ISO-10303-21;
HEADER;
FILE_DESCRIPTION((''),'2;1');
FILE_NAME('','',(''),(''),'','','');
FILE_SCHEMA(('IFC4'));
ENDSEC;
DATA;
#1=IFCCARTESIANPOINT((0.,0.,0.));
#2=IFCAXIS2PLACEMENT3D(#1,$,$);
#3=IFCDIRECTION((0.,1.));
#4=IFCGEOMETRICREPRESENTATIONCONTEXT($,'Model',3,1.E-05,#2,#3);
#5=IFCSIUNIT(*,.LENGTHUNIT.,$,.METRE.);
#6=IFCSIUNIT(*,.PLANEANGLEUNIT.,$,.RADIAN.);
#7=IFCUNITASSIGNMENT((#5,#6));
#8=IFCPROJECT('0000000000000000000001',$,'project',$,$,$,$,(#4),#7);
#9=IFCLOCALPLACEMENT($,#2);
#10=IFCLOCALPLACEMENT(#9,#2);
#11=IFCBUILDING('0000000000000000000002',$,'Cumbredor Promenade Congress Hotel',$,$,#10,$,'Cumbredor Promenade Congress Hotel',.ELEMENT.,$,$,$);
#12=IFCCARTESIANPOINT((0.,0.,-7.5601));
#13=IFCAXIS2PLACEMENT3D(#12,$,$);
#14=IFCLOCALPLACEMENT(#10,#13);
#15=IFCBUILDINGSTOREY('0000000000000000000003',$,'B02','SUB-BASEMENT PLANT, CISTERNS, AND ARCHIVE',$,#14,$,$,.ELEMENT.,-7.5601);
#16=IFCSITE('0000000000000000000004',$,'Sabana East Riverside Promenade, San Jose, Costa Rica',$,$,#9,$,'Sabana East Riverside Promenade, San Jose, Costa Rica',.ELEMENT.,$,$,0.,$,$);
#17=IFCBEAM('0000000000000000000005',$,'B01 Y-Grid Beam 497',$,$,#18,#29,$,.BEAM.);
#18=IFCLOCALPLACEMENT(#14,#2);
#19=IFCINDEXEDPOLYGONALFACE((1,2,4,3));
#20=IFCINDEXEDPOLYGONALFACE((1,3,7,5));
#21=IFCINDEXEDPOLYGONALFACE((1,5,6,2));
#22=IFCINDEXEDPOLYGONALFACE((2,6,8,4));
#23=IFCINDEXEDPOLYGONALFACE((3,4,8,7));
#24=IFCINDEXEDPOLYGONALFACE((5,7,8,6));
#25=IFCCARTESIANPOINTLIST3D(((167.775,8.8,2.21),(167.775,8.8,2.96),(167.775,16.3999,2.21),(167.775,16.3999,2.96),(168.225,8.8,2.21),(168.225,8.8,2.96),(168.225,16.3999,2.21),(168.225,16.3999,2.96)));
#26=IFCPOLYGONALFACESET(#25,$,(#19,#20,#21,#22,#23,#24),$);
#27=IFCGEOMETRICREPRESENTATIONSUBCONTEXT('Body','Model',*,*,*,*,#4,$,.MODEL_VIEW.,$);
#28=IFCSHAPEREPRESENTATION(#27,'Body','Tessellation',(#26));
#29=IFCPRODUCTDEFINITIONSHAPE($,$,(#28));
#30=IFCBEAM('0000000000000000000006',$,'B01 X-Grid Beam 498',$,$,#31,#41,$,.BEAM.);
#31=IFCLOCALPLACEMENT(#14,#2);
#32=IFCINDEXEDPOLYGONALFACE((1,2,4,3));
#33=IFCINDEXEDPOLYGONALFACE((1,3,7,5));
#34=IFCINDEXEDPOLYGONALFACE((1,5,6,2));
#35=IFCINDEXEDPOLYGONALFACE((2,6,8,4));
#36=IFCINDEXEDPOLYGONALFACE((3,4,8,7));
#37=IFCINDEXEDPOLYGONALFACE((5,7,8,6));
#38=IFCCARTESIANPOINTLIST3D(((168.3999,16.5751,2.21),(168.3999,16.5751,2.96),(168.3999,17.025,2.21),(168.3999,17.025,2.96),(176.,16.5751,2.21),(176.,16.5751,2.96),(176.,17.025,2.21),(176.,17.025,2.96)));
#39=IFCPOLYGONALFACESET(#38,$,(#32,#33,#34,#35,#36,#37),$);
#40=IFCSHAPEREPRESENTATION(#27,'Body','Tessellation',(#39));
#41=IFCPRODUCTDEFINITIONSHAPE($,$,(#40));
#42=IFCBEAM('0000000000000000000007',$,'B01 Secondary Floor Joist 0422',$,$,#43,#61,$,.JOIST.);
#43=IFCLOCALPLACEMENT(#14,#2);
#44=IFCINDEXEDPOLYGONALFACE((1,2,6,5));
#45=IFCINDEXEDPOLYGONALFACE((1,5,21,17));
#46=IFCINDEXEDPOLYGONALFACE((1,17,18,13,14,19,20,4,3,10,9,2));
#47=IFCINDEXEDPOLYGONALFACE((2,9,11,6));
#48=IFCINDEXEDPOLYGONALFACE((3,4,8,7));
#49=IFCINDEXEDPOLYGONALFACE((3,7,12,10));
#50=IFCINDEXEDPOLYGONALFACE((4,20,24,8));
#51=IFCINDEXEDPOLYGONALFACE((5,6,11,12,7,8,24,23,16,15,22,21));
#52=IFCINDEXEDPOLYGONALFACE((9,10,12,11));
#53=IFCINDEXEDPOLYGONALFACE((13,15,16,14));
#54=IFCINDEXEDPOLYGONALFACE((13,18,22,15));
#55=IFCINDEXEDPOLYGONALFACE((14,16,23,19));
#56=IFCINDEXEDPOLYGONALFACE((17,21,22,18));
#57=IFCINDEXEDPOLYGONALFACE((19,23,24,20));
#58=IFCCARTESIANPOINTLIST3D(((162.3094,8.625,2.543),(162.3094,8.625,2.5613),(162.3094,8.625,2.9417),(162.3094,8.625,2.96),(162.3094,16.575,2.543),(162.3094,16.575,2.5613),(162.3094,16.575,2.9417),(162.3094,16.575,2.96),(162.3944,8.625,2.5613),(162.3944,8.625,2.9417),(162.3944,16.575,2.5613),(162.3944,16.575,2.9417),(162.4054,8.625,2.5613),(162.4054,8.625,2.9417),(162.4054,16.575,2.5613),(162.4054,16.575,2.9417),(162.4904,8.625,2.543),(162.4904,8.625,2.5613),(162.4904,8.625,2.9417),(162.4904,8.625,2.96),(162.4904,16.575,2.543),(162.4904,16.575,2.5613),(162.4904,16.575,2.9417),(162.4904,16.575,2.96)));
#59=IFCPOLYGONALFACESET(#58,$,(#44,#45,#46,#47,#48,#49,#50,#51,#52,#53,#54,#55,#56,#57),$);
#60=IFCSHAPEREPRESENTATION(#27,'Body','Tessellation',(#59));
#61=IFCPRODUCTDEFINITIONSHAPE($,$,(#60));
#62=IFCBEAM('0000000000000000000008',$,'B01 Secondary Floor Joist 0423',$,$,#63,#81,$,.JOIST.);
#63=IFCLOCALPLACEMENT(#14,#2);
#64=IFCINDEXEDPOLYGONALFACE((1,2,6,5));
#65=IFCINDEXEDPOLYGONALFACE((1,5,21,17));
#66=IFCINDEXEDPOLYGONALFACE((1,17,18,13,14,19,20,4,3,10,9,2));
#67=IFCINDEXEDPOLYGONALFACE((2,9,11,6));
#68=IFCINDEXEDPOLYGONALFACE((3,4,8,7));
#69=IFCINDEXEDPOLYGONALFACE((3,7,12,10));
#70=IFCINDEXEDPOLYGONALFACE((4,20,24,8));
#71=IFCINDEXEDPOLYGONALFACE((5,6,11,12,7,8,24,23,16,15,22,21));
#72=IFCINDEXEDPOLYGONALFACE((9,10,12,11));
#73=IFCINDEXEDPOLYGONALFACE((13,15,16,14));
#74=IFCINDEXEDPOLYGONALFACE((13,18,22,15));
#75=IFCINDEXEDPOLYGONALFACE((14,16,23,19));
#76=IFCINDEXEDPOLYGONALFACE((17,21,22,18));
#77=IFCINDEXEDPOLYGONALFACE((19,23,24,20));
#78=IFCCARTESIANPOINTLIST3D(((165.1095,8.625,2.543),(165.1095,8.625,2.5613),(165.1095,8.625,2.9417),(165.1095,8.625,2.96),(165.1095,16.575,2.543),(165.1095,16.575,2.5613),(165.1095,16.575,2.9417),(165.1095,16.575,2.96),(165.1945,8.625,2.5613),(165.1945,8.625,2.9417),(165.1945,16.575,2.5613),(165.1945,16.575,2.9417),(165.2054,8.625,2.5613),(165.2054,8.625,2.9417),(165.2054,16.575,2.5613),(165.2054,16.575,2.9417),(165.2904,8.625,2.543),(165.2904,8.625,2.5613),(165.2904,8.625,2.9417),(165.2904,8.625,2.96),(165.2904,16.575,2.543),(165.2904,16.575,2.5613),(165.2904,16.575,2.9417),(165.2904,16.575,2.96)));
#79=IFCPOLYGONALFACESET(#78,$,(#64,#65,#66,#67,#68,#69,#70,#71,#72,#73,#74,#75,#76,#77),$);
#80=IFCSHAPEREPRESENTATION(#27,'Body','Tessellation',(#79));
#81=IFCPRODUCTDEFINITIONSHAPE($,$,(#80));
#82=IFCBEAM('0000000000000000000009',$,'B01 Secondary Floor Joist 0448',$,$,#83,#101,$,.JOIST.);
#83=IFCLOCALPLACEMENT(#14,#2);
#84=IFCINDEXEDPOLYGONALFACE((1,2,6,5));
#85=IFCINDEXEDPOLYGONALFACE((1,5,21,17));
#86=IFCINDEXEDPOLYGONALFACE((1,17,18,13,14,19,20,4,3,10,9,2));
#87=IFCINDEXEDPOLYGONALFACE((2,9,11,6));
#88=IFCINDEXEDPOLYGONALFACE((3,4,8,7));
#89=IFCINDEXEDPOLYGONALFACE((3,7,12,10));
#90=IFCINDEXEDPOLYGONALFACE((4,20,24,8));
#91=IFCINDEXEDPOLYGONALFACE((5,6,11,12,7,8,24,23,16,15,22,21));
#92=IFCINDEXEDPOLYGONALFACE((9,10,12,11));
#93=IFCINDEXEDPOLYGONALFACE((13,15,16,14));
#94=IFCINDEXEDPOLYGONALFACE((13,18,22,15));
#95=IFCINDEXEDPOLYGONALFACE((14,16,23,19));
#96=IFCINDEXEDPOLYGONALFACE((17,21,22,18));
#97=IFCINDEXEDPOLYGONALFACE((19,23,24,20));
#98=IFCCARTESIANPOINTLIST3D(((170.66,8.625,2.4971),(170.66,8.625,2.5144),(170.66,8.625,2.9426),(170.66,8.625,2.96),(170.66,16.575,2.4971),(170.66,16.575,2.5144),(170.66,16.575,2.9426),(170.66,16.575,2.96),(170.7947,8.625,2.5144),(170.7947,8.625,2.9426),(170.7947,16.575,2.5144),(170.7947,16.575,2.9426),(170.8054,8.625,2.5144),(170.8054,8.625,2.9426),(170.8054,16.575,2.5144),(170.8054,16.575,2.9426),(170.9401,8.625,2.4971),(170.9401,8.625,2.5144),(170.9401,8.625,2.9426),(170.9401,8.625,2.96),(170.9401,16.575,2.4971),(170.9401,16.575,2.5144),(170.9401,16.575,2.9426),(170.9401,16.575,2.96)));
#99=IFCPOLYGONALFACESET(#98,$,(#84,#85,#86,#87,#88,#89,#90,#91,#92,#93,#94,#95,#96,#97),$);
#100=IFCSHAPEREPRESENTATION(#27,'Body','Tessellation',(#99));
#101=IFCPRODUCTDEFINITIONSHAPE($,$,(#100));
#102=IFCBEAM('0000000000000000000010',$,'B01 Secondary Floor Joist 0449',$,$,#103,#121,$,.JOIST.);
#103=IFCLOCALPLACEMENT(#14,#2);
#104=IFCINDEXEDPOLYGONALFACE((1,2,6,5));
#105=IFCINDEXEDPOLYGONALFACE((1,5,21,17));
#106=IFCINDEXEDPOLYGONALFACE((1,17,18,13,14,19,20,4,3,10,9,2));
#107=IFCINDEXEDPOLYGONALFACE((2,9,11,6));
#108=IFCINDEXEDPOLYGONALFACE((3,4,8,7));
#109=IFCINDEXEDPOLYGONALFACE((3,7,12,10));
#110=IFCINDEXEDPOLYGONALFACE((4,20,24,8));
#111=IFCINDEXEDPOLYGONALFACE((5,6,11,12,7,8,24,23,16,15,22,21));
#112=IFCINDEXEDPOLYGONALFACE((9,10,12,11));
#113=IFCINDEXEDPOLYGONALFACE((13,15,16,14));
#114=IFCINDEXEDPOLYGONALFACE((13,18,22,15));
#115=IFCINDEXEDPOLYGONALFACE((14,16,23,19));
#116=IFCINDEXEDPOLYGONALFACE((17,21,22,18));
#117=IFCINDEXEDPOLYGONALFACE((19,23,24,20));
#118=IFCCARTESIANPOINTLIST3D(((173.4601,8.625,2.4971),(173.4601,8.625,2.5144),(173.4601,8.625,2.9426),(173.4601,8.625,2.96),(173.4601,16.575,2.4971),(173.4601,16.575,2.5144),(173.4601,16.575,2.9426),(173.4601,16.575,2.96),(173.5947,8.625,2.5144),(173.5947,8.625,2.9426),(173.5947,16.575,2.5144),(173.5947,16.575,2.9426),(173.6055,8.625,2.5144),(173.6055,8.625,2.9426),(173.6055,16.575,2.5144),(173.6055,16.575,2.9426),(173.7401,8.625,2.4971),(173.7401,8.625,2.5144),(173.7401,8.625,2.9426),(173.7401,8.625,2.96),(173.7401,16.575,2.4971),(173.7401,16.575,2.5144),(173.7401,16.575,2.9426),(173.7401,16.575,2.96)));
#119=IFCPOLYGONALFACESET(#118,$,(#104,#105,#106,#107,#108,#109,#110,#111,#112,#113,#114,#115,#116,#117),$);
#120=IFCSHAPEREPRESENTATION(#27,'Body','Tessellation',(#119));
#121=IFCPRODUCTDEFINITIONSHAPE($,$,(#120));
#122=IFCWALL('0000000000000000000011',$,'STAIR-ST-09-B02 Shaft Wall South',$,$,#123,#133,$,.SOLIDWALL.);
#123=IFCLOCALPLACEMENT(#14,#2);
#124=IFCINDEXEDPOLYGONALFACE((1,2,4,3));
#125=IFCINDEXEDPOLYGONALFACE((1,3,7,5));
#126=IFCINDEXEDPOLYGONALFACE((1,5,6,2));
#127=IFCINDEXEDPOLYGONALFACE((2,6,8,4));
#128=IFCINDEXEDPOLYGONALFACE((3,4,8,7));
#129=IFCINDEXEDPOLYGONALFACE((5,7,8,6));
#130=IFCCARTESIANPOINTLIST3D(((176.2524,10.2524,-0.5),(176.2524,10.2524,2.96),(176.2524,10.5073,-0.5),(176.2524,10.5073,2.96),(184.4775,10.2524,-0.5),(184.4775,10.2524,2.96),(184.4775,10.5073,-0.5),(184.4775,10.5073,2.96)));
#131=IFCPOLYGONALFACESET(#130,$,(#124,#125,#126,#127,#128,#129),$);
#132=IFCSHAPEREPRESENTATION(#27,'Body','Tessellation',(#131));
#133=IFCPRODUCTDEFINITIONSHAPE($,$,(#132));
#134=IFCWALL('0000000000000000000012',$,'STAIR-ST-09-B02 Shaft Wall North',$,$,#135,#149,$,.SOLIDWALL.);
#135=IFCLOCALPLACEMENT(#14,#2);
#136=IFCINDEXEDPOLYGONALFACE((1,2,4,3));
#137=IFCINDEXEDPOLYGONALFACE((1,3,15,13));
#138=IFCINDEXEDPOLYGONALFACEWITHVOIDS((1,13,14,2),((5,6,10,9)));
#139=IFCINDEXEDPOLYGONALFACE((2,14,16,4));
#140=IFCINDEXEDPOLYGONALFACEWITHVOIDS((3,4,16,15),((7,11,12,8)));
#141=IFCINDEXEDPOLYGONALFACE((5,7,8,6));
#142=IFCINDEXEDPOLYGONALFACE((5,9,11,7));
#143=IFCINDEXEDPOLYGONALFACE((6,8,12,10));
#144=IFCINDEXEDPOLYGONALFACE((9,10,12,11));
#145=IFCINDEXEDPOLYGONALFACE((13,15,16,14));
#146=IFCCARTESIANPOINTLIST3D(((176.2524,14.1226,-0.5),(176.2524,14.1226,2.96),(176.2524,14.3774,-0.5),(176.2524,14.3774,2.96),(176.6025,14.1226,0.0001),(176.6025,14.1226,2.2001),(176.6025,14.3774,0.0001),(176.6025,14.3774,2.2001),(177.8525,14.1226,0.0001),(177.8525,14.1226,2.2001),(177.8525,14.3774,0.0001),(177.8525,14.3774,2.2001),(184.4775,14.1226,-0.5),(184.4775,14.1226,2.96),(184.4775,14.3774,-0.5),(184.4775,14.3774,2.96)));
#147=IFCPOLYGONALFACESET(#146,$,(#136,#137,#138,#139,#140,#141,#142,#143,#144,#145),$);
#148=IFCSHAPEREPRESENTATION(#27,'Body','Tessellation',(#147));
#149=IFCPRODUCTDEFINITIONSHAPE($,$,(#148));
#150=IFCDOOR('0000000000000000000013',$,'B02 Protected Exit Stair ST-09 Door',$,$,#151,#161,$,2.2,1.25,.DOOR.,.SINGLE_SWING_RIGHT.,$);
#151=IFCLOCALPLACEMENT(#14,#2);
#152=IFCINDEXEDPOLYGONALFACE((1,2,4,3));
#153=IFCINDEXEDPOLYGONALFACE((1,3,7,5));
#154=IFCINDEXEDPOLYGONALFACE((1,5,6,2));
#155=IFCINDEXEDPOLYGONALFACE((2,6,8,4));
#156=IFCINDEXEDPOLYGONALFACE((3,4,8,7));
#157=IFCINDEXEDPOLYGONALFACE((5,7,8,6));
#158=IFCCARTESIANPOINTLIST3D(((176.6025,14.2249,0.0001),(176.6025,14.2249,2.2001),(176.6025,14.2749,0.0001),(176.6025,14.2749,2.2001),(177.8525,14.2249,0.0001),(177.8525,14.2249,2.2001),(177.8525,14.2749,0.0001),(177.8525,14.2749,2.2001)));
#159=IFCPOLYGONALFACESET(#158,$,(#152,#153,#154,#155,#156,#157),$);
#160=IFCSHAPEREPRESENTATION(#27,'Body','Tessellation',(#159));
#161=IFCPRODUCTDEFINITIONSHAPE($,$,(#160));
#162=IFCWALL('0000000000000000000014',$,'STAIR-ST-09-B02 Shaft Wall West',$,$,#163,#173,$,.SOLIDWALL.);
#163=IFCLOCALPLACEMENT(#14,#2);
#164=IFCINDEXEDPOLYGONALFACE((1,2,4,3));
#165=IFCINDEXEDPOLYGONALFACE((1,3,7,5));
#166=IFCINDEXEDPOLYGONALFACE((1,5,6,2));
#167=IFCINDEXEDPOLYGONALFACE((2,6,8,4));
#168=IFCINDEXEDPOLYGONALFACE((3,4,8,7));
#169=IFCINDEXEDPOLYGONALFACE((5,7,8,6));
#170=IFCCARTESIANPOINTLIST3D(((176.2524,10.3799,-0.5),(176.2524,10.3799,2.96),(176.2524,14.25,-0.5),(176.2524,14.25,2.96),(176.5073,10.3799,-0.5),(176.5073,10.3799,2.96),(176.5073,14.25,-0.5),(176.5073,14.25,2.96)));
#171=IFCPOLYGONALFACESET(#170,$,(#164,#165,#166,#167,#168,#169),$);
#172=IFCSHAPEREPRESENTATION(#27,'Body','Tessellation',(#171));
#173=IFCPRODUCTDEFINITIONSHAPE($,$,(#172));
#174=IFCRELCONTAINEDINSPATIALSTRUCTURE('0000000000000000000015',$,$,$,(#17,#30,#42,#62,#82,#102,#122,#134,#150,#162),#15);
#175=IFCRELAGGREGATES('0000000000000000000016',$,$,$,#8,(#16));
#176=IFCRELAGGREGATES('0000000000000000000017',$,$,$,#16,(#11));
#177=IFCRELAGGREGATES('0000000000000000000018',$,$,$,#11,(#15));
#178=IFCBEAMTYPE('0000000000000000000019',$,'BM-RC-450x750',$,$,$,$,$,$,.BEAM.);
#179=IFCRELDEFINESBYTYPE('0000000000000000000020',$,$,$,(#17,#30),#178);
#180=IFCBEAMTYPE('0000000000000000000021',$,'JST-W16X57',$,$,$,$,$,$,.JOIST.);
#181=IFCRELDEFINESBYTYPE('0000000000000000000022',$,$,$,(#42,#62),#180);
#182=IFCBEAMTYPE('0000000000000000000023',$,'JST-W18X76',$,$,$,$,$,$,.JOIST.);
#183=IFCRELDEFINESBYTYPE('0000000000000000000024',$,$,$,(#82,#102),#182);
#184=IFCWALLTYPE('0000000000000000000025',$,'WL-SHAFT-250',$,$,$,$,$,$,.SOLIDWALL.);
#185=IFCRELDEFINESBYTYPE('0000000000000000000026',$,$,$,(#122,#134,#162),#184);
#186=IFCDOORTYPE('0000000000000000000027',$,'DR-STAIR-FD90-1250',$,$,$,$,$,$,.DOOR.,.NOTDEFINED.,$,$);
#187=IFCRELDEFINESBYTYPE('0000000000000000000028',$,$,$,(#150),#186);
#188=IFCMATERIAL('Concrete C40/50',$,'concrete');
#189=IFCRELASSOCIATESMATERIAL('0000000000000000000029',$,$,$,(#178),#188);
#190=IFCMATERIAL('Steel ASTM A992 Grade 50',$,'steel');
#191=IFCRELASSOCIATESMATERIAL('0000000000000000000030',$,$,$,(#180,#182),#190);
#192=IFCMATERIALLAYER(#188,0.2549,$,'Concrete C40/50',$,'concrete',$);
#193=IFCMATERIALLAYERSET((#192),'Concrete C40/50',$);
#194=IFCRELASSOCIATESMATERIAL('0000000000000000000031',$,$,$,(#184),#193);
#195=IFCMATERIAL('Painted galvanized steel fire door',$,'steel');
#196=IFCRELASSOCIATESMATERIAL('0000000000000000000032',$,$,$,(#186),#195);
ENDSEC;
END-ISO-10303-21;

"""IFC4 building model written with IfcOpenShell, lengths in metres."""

from ifc_helpers import new_model, si_unit, direction, frame, frame_2d, origin, origin_2d, place, context, subcontext, project, spatial, rectangle, i_section, extrude, material, layer, layer_set, material_profile, profile_set, type_object, element, fill, save


model = new_model("IFC4")

# Units and contexts
model_context = context("Model", 3, precision=1e-05, world=origin(), true_north=direction((0.0, 1.0)))
body_context = subcontext(model_context, "Body", "Model", "MODEL_VIEW")
ifc_project = project(units=[si_unit("LENGTHUNIT", "METRE"), si_unit("PLANEANGLEUNIT", "RADIAN")], contexts=[model_context])

# Site, building, storey
site_placement = place(None, origin())
site = spatial("IfcSite", under=ifc_project, at=site_placement, Name="Sabana East Riverside Promenade, San Jose, Costa Rica", LongName="Sabana East Riverside Promenade, San Jose, Costa Rica", CompositionType="ELEMENT", RefElevation=0.0)
building_placement = place(site_placement, origin())
building = spatial("IfcBuilding", under=site, at=building_placement, Name="Cumbredor Promenade Congress Hotel", LongName="Cumbredor Promenade Congress Hotel", CompositionType="ELEMENT")
storey_placement = place(building_placement, frame((0.0, 0.0, -7.5601)))
storey = spatial("IfcBuildingStorey", under=building, at=storey_placement, Name="B02", Description="SUB-BASEMENT PLANT, CISTERNS, AND ARCHIVE", CompositionType="ELEMENT", Elevation=-7.5601)

# Shared definitions
ifc_material_1 = material(Name="Concrete C40/50", Category="concrete")

# Beams
ifc_material_profile_1 = material_profile(ifc_material_1, rectangle(XDim=0.45, YDim=0.75, at=origin_2d()), Name="RC BEAM 450x750")
ifc_profile_set_1 = profile_set([ifc_material_profile_1], Name="Concrete C40/50")
beam_type_1 = type_object("IfcBeamType", Name="BM-RC-450x750", PredefinedType="BEAM", material=ifc_profile_set_1)
beam_1_placement = place(storey_placement, frame((168.0, 8.8, 2.585), z_axis=(0.0, 1.0, 0.0), x_axis=(-1.0, 0.0, 0.0)))
element("IfcBeam", 1, at=beam_1_placement, inside=storey, type_object=beam_type_1, Name="B01 Y-Grid Beam 497", PredefinedType="BEAM", context=body_context, shape_type="SweptSolid", body=[
    extrude(rectangle(XDim=0.45, YDim=0.75, at=origin_2d()), origin(), (0.0, 0.0, 1.0), 7.5999),
])
beam_2_placement = place(storey_placement, frame((168.3999, 16.8, 2.585), z_axis=(1.0, 0.0, 0.0), x_axis=(0.0, 1.0, 0.0)))
element("IfcBeam", 2, at=beam_2_placement, inside=storey, type_object=beam_type_1, Name="B01 X-Grid Beam 498", PredefinedType="BEAM", context=body_context, shape_type="SweptSolid", body=[
    extrude(rectangle(XDim=0.45, YDim=0.75, at=origin_2d()), origin(), (0.0, 0.0, 1.0), 7.6001),
])
ifc_material_2 = material(Name="Steel ASTM A992 Grade 50", Category="steel")
ifc_material_profile_2 = material_profile(ifc_material_2, i_section(OverallWidth=0.1809, OverallDepth=0.417, WebThickness=0.011, FlangeThickness=0.0183, at=origin_2d()), Name="W16X57")
ifc_profile_set_2 = profile_set([ifc_material_profile_2], Name="Steel ASTM A992 Grade 50")
beam_type_2 = type_object("IfcBeamType", Name="JST-W16X57", PredefinedType="JOIST", material=ifc_profile_set_2)
for number, where, z_axis, x_axis, name in (
    (3, (162.3999, 8.625, 2.7515), (0.0, 1.0, 0.0), (-1.0, 0.0, 0.0), "B01 Secondary Floor Joist 0422"),
    (4, (165.2, 8.625, 2.7515), (0.0, 1.0, 0.0), (-1.0, 0.0, 0.0), "B01 Secondary Floor Joist 0423"),
):
    element("IfcBeam", number, at=place(storey_placement, frame(where, z_axis=z_axis, x_axis=x_axis)), inside=storey, type_object=beam_type_2, Name=name, PredefinedType="JOIST", context=body_context, shape_type="SweptSolid", body=[
        extrude(i_section(OverallWidth=0.1809, OverallDepth=0.417, WebThickness=0.011, FlangeThickness=0.0183, at=origin_2d()), origin(), (0.0, 0.0, 1.0), 7.95),
    ])
ifc_material_profile_3 = material_profile(ifc_material_2, i_section(OverallWidth=0.28, OverallDepth=0.4629, WebThickness=0.0107, FlangeThickness=0.0173, at=origin_2d()), Name="W18X76")
ifc_profile_set_3 = profile_set([ifc_material_profile_3], Name="Steel ASTM A992 Grade 50")
beam_type_3 = type_object("IfcBeamType", Name="JST-W18X76", PredefinedType="JOIST", material=ifc_profile_set_3)
for number, where, z_axis, x_axis, name in (
    (5, (170.8, 8.625, 2.7285), (0.0, 1.0, 0.0), (-1.0, 0.0, 0.0), "B01 Secondary Floor Joist 0448"),
    (6, (173.6001, 8.625, 2.7285), (0.0, 1.0, 0.0), (-1.0, 0.0, 0.0), "B01 Secondary Floor Joist 0449"),
):
    element("IfcBeam", number, at=place(storey_placement, frame(where, z_axis=z_axis, x_axis=x_axis)), inside=storey, type_object=beam_type_3, Name=name, PredefinedType="JOIST", context=body_context, shape_type="SweptSolid", body=[
        extrude(i_section(OverallWidth=0.28, OverallDepth=0.4629, WebThickness=0.0107, FlangeThickness=0.0173, at=origin_2d()), origin(), (0.0, 0.0, 1.0), 7.95),
    ])

# Wall
ifc_layer = layer(ifc_material_1, 0.2549, Name="Concrete C40/50", Category="concrete")
ifc_layer_set = layer_set([ifc_layer], Name="Concrete C40/50")
wall_type = type_object("IfcWallType", Name="WL-SHAFT-250", PredefinedType="SOLIDWALL", material=ifc_layer_set)
wall_1_placement = place(storey_placement, frame((176.2524, 10.3799, -0.5), z_axis=(0.0, 0.0, 1.0), x_axis=(1.0, 0.0, 0.0)))
element("IfcWall", 7, at=wall_1_placement, inside=storey, type_object=wall_type, Name="STAIR-ST-09-B02 Shaft Wall South", PredefinedType="SOLIDWALL", context=body_context, shape_type="SweptSolid", body=[
    extrude(rectangle(XDim=8.2251, YDim=0.2549, at=frame_2d((4.1125, 0.0))), origin(), (0.0, 0.0, 1.0), 3.46),
])

# Wall, opening, door
wall_2_placement = place(storey_placement, frame((176.2524, 14.25, -0.5), z_axis=(0.0, 0.0, 1.0), x_axis=(1.0, 0.0, 0.0)))
wall_2 = element("IfcWall", 8, at=wall_2_placement, inside=storey, type_object=wall_type, Name="STAIR-ST-09-B02 Shaft Wall North", PredefinedType="SOLIDWALL", context=body_context, shape_type="SweptSolid", body=[
    extrude(rectangle(XDim=8.2251, YDim=0.2549, at=frame_2d((4.1125, 0.0))), origin(), (0.0, 0.0, 1.0), 3.46),
])
opening_placement = place(wall_2_placement, frame((0.3501, 0.0, 0.5)))
opening = element("IfcOpeningElement", 9, at=opening_placement, cuts=wall_2, PredefinedType="OPENING", context=body_context, shape_type="SweptSolid", body=[
    extrude(rectangle(XDim=1.25, YDim=2.2, at=frame_2d((0.625, 1.1001))), frame((0.0, 0.1375, 0.0), z_axis=(0.0, -1.0, 0.0), x_axis=(1.0, 0.0, 0.0)), (0.0, 0.0, 1.0), 0.2749),
])
ifc_material_3 = material(Name="Painted galvanized steel fire door", Category="steel")
door_type = type_object("IfcDoorType", Name="DR-STAIR-FD90-1250", OperationType="NOTDEFINED", PredefinedType="DOOR", material=ifc_material_3)
door_placement = place(opening_placement, origin())
door = element("IfcDoor", 10, at=door_placement, inside=storey, type_object=door_type, Name="B02 Protected Exit Stair ST-09 Door", OperationType="SINGLE_SWING_RIGHT", OverallHeight=2.2, OverallWidth=1.25, PredefinedType="DOOR", context=body_context, shape_type="SweptSolid", body=[
    extrude(rectangle(XDim=1.25, YDim=2.2, at=frame_2d((0.625, 1.1001))), frame((0.0, 0.0249, 0.0), z_axis=(0.0, -1.0, 0.0), x_axis=(1.0, 0.0, 0.0)), (0.0, 0.0, 1.0), 0.05),
])
fill(opening, door)

# Wall
wall_3_placement = place(storey_placement, frame((176.3799, 10.3799, -0.5), z_axis=(0.0, 0.0, 1.0), x_axis=(0.0, 1.0, 0.0)))
element("IfcWall", 11, at=wall_3_placement, inside=storey, type_object=wall_type, Name="STAIR-ST-09-B02 Shaft Wall West", PredefinedType="SOLIDWALL", context=body_context, shape_type="SweptSolid", body=[
    extrude(rectangle(XDim=3.8701, YDim=0.2549, at=frame_2d((1.9351, 0.0))), origin(), (0.0, 0.0, 1.0), 3.46),
])

save(model, "model.ifc")
